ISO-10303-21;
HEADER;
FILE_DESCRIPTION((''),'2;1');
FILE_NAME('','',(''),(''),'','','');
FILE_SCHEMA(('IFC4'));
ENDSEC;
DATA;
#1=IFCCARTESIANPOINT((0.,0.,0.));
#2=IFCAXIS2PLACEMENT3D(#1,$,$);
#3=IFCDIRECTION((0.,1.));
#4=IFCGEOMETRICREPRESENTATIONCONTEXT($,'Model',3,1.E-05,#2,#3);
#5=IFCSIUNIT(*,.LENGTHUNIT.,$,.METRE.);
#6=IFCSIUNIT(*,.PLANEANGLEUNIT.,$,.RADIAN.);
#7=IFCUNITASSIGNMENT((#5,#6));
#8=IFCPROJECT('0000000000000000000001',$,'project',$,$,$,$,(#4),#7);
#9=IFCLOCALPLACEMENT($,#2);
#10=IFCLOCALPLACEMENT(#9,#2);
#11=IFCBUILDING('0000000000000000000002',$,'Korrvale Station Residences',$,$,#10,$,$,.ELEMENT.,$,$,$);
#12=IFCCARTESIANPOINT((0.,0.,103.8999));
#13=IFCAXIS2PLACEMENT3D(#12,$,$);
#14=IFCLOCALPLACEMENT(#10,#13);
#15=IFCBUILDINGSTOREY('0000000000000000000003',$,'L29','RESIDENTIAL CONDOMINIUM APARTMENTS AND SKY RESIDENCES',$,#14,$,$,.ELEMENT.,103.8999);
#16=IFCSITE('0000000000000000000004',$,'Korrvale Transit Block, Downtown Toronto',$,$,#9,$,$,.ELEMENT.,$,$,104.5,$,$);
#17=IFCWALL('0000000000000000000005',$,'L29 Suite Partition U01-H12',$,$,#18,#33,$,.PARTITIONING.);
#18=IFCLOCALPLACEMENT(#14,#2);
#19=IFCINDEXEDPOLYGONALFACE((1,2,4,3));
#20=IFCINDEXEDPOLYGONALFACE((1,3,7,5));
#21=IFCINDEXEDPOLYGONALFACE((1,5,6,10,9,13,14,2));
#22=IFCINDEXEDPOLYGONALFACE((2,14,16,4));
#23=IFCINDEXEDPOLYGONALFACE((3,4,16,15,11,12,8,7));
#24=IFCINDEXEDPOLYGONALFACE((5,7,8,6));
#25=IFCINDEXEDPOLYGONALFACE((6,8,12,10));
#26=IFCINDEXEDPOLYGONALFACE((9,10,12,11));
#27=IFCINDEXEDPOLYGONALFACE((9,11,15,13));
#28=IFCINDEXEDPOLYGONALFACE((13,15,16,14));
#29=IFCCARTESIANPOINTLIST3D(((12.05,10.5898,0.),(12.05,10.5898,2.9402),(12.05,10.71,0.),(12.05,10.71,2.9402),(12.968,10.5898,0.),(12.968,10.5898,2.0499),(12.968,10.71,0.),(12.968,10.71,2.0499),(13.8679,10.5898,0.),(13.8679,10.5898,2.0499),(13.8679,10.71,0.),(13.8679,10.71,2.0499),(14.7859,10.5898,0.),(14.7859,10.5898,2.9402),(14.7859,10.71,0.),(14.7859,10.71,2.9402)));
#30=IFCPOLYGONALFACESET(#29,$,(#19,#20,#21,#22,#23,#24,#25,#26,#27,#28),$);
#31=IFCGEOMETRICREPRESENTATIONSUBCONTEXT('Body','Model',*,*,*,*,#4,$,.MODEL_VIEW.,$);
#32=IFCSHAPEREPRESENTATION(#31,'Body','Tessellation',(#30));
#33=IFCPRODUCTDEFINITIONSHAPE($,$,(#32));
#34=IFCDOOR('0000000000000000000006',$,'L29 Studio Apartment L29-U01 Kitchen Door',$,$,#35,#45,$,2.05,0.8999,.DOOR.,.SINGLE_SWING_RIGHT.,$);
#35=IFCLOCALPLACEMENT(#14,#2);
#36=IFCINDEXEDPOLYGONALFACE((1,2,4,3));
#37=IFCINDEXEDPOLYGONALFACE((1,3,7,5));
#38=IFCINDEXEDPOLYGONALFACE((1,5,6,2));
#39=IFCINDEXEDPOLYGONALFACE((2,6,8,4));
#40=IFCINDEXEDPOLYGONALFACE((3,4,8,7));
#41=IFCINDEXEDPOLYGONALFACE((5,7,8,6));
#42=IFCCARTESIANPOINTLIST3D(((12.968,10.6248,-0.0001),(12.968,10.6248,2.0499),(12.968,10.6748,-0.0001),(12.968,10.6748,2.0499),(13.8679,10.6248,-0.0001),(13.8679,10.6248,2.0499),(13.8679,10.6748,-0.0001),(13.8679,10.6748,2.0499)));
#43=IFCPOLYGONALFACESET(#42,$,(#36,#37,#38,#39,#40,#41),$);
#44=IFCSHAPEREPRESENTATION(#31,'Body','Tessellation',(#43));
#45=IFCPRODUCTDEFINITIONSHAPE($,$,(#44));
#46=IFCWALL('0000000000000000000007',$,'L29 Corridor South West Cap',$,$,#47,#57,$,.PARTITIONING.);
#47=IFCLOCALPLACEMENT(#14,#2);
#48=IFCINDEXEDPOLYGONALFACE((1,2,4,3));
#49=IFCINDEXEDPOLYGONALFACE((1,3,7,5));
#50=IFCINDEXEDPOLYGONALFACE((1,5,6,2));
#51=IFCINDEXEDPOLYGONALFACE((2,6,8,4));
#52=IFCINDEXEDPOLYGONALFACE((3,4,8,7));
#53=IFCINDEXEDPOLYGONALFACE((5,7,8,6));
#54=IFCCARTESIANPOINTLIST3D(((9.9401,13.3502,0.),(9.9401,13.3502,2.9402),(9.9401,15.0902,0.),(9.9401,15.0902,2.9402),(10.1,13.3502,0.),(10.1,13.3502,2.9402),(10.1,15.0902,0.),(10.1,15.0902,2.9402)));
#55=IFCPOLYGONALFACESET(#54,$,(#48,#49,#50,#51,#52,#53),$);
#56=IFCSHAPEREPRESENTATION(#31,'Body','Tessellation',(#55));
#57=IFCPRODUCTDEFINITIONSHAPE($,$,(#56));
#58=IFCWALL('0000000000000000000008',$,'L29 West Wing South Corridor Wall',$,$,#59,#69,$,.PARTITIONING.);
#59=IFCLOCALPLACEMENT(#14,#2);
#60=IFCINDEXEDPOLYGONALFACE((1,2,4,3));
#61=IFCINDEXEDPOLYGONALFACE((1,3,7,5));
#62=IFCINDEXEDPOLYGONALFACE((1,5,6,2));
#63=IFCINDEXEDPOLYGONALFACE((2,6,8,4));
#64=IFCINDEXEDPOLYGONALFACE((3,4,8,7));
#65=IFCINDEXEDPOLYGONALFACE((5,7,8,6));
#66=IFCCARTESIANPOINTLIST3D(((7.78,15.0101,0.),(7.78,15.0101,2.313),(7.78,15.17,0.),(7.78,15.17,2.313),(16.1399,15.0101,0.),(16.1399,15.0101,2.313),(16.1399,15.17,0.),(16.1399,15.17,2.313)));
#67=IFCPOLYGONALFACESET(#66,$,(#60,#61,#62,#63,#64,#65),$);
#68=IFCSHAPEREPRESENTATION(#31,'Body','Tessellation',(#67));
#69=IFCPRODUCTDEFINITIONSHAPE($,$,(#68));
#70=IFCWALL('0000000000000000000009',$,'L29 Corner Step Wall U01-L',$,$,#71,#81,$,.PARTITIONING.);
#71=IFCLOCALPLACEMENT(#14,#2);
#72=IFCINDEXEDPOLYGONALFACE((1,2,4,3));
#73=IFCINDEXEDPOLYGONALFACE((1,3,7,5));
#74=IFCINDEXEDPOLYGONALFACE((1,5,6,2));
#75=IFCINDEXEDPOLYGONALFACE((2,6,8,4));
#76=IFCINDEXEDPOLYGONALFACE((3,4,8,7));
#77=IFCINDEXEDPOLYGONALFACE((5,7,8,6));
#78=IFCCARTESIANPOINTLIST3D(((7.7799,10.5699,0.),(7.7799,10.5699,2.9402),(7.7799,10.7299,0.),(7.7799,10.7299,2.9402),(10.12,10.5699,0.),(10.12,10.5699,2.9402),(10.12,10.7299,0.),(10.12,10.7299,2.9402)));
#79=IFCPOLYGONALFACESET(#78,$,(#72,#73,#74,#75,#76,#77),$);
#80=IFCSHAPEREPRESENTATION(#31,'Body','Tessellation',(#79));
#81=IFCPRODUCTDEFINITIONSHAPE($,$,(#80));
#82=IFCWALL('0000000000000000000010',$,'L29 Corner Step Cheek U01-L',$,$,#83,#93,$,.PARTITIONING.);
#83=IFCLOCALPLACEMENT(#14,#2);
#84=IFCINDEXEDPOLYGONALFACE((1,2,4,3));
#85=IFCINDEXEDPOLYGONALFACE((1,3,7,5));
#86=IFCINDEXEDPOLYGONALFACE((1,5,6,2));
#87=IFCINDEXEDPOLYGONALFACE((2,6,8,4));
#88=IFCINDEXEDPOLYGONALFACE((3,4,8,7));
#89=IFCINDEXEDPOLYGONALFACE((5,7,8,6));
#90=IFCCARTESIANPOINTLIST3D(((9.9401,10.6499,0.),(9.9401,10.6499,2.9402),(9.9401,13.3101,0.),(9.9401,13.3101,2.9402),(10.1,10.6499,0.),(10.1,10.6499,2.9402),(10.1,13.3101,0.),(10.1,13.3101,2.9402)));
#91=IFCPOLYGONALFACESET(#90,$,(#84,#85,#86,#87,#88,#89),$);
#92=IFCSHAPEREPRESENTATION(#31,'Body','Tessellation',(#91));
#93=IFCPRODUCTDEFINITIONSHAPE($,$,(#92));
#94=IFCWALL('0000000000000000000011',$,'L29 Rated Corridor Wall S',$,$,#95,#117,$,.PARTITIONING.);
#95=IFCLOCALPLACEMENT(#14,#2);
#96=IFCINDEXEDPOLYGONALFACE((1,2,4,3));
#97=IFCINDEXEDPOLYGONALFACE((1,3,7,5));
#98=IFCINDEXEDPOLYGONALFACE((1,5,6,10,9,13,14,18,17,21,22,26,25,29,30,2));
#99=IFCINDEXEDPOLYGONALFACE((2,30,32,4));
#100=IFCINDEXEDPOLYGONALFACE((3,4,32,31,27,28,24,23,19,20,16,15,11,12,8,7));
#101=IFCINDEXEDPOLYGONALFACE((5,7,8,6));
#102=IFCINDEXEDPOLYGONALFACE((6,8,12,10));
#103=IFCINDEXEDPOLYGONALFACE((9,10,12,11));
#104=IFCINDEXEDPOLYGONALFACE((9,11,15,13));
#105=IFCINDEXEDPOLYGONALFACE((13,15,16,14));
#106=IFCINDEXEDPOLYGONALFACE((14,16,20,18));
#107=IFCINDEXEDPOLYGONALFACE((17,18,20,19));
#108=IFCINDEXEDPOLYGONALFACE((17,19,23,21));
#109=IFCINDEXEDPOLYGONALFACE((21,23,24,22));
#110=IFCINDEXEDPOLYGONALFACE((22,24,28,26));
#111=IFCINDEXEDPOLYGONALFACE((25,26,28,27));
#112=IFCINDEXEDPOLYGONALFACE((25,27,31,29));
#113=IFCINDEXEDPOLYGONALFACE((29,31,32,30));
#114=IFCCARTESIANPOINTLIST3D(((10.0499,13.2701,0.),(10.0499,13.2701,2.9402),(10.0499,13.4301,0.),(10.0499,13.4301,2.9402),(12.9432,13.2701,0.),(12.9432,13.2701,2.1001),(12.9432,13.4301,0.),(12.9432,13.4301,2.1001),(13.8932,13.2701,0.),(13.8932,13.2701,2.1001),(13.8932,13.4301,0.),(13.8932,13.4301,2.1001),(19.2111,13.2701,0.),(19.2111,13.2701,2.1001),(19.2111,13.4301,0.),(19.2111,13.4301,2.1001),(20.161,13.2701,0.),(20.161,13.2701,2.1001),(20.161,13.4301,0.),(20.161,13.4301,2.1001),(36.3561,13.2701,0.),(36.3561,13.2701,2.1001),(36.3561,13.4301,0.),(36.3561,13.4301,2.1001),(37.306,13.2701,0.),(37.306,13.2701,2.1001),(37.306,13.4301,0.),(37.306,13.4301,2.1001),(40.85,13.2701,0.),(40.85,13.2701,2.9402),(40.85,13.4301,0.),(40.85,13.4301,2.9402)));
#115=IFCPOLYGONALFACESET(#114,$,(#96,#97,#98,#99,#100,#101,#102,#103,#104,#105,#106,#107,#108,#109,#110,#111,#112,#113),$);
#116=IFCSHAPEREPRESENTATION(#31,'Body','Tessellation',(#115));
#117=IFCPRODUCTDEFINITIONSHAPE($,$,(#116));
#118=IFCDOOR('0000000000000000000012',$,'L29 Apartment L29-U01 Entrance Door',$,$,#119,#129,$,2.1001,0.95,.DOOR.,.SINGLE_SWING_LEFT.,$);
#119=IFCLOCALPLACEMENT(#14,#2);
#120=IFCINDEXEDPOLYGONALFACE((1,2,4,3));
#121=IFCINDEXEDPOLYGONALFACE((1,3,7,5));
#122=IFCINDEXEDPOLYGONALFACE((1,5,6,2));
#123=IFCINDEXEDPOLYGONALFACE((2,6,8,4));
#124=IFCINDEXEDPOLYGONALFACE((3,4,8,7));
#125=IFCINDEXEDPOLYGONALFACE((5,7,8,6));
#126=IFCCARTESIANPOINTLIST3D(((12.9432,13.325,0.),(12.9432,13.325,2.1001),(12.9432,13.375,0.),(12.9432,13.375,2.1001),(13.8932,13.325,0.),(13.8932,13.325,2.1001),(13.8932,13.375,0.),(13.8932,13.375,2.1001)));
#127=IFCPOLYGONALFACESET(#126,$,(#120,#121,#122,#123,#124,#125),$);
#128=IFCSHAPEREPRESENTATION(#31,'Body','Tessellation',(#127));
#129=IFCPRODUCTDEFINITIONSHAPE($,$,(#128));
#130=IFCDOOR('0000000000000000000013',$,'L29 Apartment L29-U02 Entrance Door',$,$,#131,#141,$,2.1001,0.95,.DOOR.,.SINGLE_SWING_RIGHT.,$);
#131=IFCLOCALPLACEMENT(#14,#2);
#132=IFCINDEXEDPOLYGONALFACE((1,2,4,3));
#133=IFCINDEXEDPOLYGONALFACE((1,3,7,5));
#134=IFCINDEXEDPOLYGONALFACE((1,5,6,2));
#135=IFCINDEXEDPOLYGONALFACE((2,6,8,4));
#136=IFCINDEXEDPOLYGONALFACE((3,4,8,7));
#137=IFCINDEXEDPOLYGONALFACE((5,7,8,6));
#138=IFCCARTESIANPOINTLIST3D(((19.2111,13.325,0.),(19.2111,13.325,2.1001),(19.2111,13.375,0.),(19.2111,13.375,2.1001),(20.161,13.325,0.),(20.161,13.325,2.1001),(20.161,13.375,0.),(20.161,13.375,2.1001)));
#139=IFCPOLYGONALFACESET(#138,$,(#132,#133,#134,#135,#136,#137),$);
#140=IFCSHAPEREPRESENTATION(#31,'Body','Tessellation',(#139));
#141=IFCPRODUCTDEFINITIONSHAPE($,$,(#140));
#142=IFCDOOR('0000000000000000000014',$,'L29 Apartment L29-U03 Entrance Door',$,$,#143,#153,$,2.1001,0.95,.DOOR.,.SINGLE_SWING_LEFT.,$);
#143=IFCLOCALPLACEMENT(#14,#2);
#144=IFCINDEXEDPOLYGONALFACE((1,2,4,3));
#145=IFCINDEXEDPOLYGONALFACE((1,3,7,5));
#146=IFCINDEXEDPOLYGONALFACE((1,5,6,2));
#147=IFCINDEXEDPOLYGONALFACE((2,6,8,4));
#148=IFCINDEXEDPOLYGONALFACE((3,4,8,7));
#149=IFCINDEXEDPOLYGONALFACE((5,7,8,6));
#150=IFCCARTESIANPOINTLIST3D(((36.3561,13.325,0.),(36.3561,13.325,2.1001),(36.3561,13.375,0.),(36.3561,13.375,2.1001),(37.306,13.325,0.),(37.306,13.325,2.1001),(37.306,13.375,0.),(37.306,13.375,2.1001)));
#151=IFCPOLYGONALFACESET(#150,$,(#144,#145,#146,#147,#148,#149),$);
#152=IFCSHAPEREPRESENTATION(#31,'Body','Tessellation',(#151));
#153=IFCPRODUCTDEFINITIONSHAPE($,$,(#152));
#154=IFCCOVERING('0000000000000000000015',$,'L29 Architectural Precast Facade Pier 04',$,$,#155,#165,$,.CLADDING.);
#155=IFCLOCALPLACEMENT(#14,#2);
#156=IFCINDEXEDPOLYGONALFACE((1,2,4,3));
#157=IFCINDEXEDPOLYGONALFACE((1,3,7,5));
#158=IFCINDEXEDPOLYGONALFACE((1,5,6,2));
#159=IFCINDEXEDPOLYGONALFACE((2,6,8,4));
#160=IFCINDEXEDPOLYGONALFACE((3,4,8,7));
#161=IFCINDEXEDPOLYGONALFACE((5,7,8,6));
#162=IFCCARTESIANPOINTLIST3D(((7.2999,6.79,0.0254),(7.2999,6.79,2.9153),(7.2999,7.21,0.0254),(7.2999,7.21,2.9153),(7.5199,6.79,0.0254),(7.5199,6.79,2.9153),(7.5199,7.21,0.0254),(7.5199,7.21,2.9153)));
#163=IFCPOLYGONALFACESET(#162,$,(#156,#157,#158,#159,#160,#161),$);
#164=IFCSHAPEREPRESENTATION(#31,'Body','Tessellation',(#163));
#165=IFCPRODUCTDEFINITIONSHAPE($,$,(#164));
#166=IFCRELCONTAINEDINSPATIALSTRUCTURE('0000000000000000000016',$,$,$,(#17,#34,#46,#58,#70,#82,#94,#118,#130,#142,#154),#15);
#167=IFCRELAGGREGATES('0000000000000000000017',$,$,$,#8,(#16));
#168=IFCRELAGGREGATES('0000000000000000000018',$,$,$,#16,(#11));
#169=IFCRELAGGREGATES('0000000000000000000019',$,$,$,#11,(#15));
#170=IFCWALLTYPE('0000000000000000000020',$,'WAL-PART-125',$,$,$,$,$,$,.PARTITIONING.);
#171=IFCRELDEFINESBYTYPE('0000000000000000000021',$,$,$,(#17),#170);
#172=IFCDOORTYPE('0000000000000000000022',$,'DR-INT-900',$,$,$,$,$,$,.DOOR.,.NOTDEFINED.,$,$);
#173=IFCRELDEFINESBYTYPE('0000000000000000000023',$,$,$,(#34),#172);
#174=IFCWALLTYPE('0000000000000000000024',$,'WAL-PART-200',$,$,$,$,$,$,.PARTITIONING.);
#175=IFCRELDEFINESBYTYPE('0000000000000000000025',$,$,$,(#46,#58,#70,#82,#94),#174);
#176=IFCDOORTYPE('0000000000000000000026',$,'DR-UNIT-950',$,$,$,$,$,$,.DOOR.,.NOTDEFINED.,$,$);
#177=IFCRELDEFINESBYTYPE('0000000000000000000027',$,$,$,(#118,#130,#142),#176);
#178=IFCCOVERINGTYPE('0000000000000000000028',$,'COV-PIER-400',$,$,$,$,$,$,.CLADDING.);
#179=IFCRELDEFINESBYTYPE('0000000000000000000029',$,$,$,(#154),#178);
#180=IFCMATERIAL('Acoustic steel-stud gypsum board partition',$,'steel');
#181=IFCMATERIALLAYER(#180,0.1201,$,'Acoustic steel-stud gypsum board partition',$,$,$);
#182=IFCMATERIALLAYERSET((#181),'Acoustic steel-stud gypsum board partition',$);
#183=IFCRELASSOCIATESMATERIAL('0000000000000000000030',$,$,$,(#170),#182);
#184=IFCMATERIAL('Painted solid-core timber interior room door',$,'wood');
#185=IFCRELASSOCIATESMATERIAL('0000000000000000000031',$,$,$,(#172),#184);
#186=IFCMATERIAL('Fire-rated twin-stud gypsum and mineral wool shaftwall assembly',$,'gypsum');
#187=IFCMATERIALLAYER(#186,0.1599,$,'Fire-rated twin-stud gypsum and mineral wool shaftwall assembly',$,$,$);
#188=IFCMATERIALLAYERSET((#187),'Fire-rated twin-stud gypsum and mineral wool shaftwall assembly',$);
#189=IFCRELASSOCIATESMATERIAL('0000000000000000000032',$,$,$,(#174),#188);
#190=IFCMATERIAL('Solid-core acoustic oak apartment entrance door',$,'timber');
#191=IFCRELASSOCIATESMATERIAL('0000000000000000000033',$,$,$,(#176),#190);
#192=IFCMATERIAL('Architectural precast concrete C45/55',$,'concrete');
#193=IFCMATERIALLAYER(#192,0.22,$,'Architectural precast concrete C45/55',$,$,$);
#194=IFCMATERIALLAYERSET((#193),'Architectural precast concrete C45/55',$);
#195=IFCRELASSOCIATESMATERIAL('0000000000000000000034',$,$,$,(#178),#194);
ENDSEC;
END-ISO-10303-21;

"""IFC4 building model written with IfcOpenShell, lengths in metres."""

from ifc_helpers import new_model, si_unit, direction, frame, frame_2d, origin, origin_2d, place, context, subcontext, project, spatial, rectangle, extrude, material, layer, layer_set, type_object, element, fill, save


model = new_model("IFC4")

# Units and contexts
model_context = context("Model", 3, precision=1e-05, world=origin(), true_north=direction((0.0, 1.0)))
body_context = subcontext(model_context, "Body", "Model", "MODEL_VIEW")
ifc_project = project(units=[si_unit("LENGTHUNIT", "METRE"), si_unit("PLANEANGLEUNIT", "RADIAN")], contexts=[model_context])

# Site, building, storey
site_placement = place(None, origin())
site = spatial("IfcSite", under=ifc_project, at=site_placement, Name="Korrvale Transit Block, Downtown Toronto", CompositionType="ELEMENT", RefElevation=104.5)
building_placement = place(site_placement, origin())
building = spatial("IfcBuilding", under=site, at=building_placement, Name="Korrvale Station Residences", CompositionType="ELEMENT")
storey_placement = place(building_placement, frame((0.0, 0.0, 103.8999)))
storey = spatial("IfcBuildingStorey", under=building, at=storey_placement, Name="L29", Description="RESIDENTIAL CONDOMINIUM APARTMENTS AND SKY RESIDENCES", CompositionType="ELEMENT", Elevation=103.8999)

# Shared definitions
ifc_material_1 = material(Name="Acoustic steel-stud gypsum board partition", Category="steel")
ifc_layer_1 = layer(ifc_material_1, 0.1201, Name="Acoustic steel-stud gypsum board partition")
ifc_layer_set_1 = layer_set([ifc_layer_1], Name="Acoustic steel-stud gypsum board partition")
wall_type_1 = type_object("IfcWallType", Name="WAL-PART-125", PredefinedType="PARTITIONING", material=ifc_layer_set_1)

# Wall, opening, door
wall_1_placement = place(storey_placement, frame((12.05, 10.6499, 0.0), z_axis=(0.0, 0.0, 1.0), x_axis=(1.0, 0.0, 0.0)))
wall_1 = element("IfcWall", 1, at=wall_1_placement, inside=storey, type_object=wall_type_1, Name="L29 Suite Partition U01-H12", PredefinedType="PARTITIONING", context=body_context, shape_type="SweptSolid", body=[
    extrude(rectangle(XDim=2.7358, YDim=0.1201, at=frame_2d((1.3679, 0.0))), origin(), (0.0, 0.0, 1.0), 2.9402),
])
opening_1_placement = place(wall_1_placement, frame((0.918, 0.0, 0.0)))
opening_1 = element("IfcOpeningElement", 2, at=opening_1_placement, cuts=wall_1, PredefinedType="OPENING", context=body_context, shape_type="SweptSolid", body=[
    extrude(rectangle(XDim=0.8999, YDim=2.05, at=frame_2d((0.45, 1.0249))), frame((0.0, 0.0701, 0.0), z_axis=(0.0, -1.0, 0.0), x_axis=(1.0, 0.0, 0.0)), (0.0, 0.0, 1.0), 0.1401),
])
ifc_material_2 = material(Name="Painted solid-core timber interior room door", Category="wood")
door_type_1 = type_object("IfcDoorType", Name="DR-INT-900", OperationType="NOTDEFINED", PredefinedType="DOOR", material=ifc_material_2)
door_1_placement = place(opening_1_placement, origin())
door_1 = element("IfcDoor", 3, at=door_1_placement, inside=storey, type_object=door_type_1, Name="L29 Studio Apartment L29-U01 Kitchen Door", OperationType="SINGLE_SWING_RIGHT", OverallHeight=2.05, OverallWidth=0.8999, PredefinedType="DOOR", context=body_context, shape_type="SweptSolid", body=[
    extrude(rectangle(XDim=0.8999, YDim=2.05, at=frame_2d((0.45, 1.0249))), frame((0.0, 0.0249, 0.0), z_axis=(0.0, -1.0, 0.0), x_axis=(1.0, 0.0, 0.0)), (0.0, 0.0, 1.0), 0.05),
])
fill(opening_1, door_1)

# Walls
ifc_material_3 = material(Name="Fire-rated twin-stud gypsum and mineral wool shaftwall assembly", Category="gypsum")
ifc_layer_2 = layer(ifc_material_3, 0.1599, Name="Fire-rated twin-stud gypsum and mineral wool shaftwall assembly")
ifc_layer_set_2 = layer_set([ifc_layer_2], Name="Fire-rated twin-stud gypsum and mineral wool shaftwall assembly")
wall_type_2 = type_object("IfcWallType", Name="WAL-PART-200", PredefinedType="PARTITIONING", material=ifc_layer_set_2)
wall_2_placement = place(storey_placement, frame((10.02, 13.3501, 0.0), z_axis=(0.0, 0.0, 1.0), x_axis=(0.0, 1.0, 0.0)))
element("IfcWall", 4, at=wall_2_placement, inside=storey, type_object=wall_type_2, Name="L29 Corridor South West Cap", PredefinedType="PARTITIONING", context=body_context, shape_type="SweptSolid", body=[
    extrude(rectangle(XDim=1.74, YDim=0.1599, at=frame_2d((0.8701, 0.0))), origin(), (0.0, 0.0, 1.0), 2.9402),
])
wall_3_placement = place(storey_placement, frame((7.78, 15.0901, 0.0), z_axis=(0.0, 0.0, 1.0), x_axis=(1.0, 0.0, 0.0)))
element("IfcWall", 5, at=wall_3_placement, inside=storey, type_object=wall_type_2, Name="L29 West Wing South Corridor Wall", PredefinedType="PARTITIONING", context=body_context, shape_type="SweptSolid", body=[
    extrude(rectangle(XDim=8.3599, YDim=0.1599, at=frame_2d((4.1799, 0.0))), origin(), (0.0, 0.0, 1.0), 2.313),
])
wall_4_placement = place(storey_placement, frame((7.78, 10.6499, 0.0), z_axis=(0.0, 0.0, 1.0), x_axis=(1.0, 0.0, 0.0)))
element("IfcWall", 6, at=wall_4_placement, inside=storey, type_object=wall_type_2, Name="L29 Corner Step Wall U01-L", PredefinedType="PARTITIONING", context=body_context, shape_type="SweptSolid", body=[
    extrude(rectangle(XDim=2.3401, YDim=0.1599, at=frame_2d((1.1699, 0.0))), origin(), (0.0, 0.0, 1.0), 2.9402),
])
wall_5_placement = place(storey_placement, frame((10.02, 10.6499, 0.0), z_axis=(0.0, 0.0, 1.0), x_axis=(0.0, 1.0, 0.0)))
element("IfcWall", 7, at=wall_5_placement, inside=storey, type_object=wall_type_2, Name="L29 Corner Step Cheek U01-L", PredefinedType="PARTITIONING", context=body_context, shape_type="SweptSolid", body=[
    extrude(rectangle(XDim=2.6602, YDim=0.1599, at=frame_2d((1.3301, 0.0))), origin(), (0.0, 0.0, 1.0), 2.9402),
])

# Wall, openings, doors
wall_6_placement = place(storey_placement, frame((10.05, 13.3501, 0.0), z_axis=(0.0, 0.0, 1.0), x_axis=(1.0, 0.0, 0.0)))
wall_6 = element("IfcWall", 8, at=wall_6_placement, inside=storey, type_object=wall_type_2, Name="L29 Rated Corridor Wall S", PredefinedType="PARTITIONING", context=body_context, shape_type="SweptSolid", body=[
    extrude(rectangle(XDim=30.8, YDim=0.1599, at=frame_2d((15.3999, 0.0))), origin(), (0.0, 0.0, 1.0), 2.9402),
])
opening_2_placement = place(wall_6_placement, frame((2.8931, 0.0, 0.0)))
opening_2 = element("IfcOpeningElement", 9, at=opening_2_placement, cuts=wall_6, PredefinedType="OPENING", context=body_context, shape_type="SweptSolid", body=[
    extrude(rectangle(XDim=0.95, YDim=2.1001, at=frame_2d((0.4751, 1.05))), frame((0.0, 0.0898, 0.0), z_axis=(0.0, -1.0, 0.0), x_axis=(1.0, 0.0, 0.0)), (0.0, 0.0, 1.0), 0.1799),
])
opening_3_placement = place(wall_6_placement, frame((9.1609, 0.0, 0.0)))
opening_3 = element("IfcOpeningElement", 10, at=opening_3_placement, cuts=wall_6, PredefinedType="OPENING", context=body_context, shape_type="SweptSolid", body=[
    extrude(rectangle(XDim=0.95, YDim=2.1001, at=frame_2d((0.4751, 1.05))), frame((0.0, 0.0898, 0.0), z_axis=(0.0, -1.0, 0.0), x_axis=(1.0, 0.0, 0.0)), (0.0, 0.0, 1.0), 0.1799),
])
opening_4_placement = place(wall_6_placement, frame((26.3059, 0.0, 0.0)))
opening_4 = element("IfcOpeningElement", 11, at=opening_4_placement, cuts=wall_6, PredefinedType="OPENING", context=body_context, shape_type="SweptSolid", body=[
    extrude(rectangle(XDim=0.95, YDim=2.1001, at=frame_2d((0.4751, 1.05))), frame((0.0, 0.0898, 0.0), z_axis=(0.0, -1.0, 0.0), x_axis=(1.0, 0.0, 0.0)), (0.0, 0.0, 1.0), 0.1799),
])
ifc_material_4 = material(Name="Solid-core acoustic oak apartment entrance door", Category="timber")
door_type_2 = type_object("IfcDoorType", Name="DR-UNIT-950", OperationType="NOTDEFINED", PredefinedType="DOOR", material=ifc_material_4)
door_2_placement = place(opening_2_placement, origin())
door_2 = element("IfcDoor", 12, at=door_2_placement, inside=storey, type_object=door_type_2, Name="L29 Apartment L29-U01 Entrance Door", OperationType="SINGLE_SWING_LEFT", OverallHeight=2.1001, OverallWidth=0.95, PredefinedType="DOOR", context=body_context, shape_type="SweptSolid", body=[
    extrude(rectangle(XDim=0.95, YDim=2.1001, at=frame_2d((0.4751, 1.05))), frame((0.0, 0.0249, 0.0), z_axis=(0.0, -1.0, 0.0), x_axis=(1.0, 0.0, 0.0)), (0.0, 0.0, 1.0), 0.05),
])
fill(opening_2, door_2)
door_3_placement = place(opening_3_placement, origin())
door_3 = element("IfcDoor", 13, at=door_3_placement, inside=storey, type_object=door_type_2, Name="L29 Apartment L29-U02 Entrance Door", OperationType="SINGLE_SWING_RIGHT", OverallHeight=2.1001, OverallWidth=0.95, PredefinedType="DOOR", context=body_context, shape_type="SweptSolid", body=[
    extrude(rectangle(XDim=0.95, YDim=2.1001, at=frame_2d((0.4751, 1.05))), frame((0.0, 0.0249, 0.0), z_axis=(0.0, -1.0, 0.0), x_axis=(1.0, 0.0, 0.0)), (0.0, 0.0, 1.0), 0.05),
])
fill(opening_3, door_3)
door_4_placement = place(opening_4_placement, origin())
door_4 = element("IfcDoor", 14, at=door_4_placement, inside=storey, type_object=door_type_2, Name="L29 Apartment L29-U03 Entrance Door", OperationType="SINGLE_SWING_LEFT", OverallHeight=2.1001, OverallWidth=0.95, PredefinedType="DOOR", context=body_context, shape_type="SweptSolid", body=[
    extrude(rectangle(XDim=0.95, YDim=2.1001, at=frame_2d((0.4751, 1.05))), frame((0.0, 0.0249, 0.0), z_axis=(0.0, -1.0, 0.0), x_axis=(1.0, 0.0, 0.0)), (0.0, 0.0, 1.0), 0.05),
])
fill(opening_4, door_4)

# Covering
ifc_material_5 = material(Name="Architectural precast concrete C45/55", Category="concrete")
ifc_layer_3 = layer(ifc_material_5, 0.22, Name="Architectural precast concrete C45/55")
ifc_layer_set_3 = layer_set([ifc_layer_3], Name="Architectural precast concrete C45/55")
covering_type = type_object("IfcCoveringType", Name="COV-PIER-400", PredefinedType="CLADDING", material=ifc_layer_set_3)
for number, where, z_axis, x_axis, name in (
    (15, (7.4099, 7.0, 0.0254), (0.0, 0.0, 1.0), (0.0, 1.0, 0.0), "L29 Architectural Precast Facade Pier 04"),
):
    element("IfcCovering", number, at=place(storey_placement, frame(where, z_axis=z_axis, x_axis=x_axis)), inside=storey, type_object=covering_type, Name=name, PredefinedType="CLADDING", context=body_context, shape_type="SweptSolid", body=[
        extrude(rectangle(XDim=0.4199, YDim=0.22, at=origin_2d()), origin(), (0.0, 0.0, 1.0), 2.8899),
    ])

save(model, "model.ifc")
